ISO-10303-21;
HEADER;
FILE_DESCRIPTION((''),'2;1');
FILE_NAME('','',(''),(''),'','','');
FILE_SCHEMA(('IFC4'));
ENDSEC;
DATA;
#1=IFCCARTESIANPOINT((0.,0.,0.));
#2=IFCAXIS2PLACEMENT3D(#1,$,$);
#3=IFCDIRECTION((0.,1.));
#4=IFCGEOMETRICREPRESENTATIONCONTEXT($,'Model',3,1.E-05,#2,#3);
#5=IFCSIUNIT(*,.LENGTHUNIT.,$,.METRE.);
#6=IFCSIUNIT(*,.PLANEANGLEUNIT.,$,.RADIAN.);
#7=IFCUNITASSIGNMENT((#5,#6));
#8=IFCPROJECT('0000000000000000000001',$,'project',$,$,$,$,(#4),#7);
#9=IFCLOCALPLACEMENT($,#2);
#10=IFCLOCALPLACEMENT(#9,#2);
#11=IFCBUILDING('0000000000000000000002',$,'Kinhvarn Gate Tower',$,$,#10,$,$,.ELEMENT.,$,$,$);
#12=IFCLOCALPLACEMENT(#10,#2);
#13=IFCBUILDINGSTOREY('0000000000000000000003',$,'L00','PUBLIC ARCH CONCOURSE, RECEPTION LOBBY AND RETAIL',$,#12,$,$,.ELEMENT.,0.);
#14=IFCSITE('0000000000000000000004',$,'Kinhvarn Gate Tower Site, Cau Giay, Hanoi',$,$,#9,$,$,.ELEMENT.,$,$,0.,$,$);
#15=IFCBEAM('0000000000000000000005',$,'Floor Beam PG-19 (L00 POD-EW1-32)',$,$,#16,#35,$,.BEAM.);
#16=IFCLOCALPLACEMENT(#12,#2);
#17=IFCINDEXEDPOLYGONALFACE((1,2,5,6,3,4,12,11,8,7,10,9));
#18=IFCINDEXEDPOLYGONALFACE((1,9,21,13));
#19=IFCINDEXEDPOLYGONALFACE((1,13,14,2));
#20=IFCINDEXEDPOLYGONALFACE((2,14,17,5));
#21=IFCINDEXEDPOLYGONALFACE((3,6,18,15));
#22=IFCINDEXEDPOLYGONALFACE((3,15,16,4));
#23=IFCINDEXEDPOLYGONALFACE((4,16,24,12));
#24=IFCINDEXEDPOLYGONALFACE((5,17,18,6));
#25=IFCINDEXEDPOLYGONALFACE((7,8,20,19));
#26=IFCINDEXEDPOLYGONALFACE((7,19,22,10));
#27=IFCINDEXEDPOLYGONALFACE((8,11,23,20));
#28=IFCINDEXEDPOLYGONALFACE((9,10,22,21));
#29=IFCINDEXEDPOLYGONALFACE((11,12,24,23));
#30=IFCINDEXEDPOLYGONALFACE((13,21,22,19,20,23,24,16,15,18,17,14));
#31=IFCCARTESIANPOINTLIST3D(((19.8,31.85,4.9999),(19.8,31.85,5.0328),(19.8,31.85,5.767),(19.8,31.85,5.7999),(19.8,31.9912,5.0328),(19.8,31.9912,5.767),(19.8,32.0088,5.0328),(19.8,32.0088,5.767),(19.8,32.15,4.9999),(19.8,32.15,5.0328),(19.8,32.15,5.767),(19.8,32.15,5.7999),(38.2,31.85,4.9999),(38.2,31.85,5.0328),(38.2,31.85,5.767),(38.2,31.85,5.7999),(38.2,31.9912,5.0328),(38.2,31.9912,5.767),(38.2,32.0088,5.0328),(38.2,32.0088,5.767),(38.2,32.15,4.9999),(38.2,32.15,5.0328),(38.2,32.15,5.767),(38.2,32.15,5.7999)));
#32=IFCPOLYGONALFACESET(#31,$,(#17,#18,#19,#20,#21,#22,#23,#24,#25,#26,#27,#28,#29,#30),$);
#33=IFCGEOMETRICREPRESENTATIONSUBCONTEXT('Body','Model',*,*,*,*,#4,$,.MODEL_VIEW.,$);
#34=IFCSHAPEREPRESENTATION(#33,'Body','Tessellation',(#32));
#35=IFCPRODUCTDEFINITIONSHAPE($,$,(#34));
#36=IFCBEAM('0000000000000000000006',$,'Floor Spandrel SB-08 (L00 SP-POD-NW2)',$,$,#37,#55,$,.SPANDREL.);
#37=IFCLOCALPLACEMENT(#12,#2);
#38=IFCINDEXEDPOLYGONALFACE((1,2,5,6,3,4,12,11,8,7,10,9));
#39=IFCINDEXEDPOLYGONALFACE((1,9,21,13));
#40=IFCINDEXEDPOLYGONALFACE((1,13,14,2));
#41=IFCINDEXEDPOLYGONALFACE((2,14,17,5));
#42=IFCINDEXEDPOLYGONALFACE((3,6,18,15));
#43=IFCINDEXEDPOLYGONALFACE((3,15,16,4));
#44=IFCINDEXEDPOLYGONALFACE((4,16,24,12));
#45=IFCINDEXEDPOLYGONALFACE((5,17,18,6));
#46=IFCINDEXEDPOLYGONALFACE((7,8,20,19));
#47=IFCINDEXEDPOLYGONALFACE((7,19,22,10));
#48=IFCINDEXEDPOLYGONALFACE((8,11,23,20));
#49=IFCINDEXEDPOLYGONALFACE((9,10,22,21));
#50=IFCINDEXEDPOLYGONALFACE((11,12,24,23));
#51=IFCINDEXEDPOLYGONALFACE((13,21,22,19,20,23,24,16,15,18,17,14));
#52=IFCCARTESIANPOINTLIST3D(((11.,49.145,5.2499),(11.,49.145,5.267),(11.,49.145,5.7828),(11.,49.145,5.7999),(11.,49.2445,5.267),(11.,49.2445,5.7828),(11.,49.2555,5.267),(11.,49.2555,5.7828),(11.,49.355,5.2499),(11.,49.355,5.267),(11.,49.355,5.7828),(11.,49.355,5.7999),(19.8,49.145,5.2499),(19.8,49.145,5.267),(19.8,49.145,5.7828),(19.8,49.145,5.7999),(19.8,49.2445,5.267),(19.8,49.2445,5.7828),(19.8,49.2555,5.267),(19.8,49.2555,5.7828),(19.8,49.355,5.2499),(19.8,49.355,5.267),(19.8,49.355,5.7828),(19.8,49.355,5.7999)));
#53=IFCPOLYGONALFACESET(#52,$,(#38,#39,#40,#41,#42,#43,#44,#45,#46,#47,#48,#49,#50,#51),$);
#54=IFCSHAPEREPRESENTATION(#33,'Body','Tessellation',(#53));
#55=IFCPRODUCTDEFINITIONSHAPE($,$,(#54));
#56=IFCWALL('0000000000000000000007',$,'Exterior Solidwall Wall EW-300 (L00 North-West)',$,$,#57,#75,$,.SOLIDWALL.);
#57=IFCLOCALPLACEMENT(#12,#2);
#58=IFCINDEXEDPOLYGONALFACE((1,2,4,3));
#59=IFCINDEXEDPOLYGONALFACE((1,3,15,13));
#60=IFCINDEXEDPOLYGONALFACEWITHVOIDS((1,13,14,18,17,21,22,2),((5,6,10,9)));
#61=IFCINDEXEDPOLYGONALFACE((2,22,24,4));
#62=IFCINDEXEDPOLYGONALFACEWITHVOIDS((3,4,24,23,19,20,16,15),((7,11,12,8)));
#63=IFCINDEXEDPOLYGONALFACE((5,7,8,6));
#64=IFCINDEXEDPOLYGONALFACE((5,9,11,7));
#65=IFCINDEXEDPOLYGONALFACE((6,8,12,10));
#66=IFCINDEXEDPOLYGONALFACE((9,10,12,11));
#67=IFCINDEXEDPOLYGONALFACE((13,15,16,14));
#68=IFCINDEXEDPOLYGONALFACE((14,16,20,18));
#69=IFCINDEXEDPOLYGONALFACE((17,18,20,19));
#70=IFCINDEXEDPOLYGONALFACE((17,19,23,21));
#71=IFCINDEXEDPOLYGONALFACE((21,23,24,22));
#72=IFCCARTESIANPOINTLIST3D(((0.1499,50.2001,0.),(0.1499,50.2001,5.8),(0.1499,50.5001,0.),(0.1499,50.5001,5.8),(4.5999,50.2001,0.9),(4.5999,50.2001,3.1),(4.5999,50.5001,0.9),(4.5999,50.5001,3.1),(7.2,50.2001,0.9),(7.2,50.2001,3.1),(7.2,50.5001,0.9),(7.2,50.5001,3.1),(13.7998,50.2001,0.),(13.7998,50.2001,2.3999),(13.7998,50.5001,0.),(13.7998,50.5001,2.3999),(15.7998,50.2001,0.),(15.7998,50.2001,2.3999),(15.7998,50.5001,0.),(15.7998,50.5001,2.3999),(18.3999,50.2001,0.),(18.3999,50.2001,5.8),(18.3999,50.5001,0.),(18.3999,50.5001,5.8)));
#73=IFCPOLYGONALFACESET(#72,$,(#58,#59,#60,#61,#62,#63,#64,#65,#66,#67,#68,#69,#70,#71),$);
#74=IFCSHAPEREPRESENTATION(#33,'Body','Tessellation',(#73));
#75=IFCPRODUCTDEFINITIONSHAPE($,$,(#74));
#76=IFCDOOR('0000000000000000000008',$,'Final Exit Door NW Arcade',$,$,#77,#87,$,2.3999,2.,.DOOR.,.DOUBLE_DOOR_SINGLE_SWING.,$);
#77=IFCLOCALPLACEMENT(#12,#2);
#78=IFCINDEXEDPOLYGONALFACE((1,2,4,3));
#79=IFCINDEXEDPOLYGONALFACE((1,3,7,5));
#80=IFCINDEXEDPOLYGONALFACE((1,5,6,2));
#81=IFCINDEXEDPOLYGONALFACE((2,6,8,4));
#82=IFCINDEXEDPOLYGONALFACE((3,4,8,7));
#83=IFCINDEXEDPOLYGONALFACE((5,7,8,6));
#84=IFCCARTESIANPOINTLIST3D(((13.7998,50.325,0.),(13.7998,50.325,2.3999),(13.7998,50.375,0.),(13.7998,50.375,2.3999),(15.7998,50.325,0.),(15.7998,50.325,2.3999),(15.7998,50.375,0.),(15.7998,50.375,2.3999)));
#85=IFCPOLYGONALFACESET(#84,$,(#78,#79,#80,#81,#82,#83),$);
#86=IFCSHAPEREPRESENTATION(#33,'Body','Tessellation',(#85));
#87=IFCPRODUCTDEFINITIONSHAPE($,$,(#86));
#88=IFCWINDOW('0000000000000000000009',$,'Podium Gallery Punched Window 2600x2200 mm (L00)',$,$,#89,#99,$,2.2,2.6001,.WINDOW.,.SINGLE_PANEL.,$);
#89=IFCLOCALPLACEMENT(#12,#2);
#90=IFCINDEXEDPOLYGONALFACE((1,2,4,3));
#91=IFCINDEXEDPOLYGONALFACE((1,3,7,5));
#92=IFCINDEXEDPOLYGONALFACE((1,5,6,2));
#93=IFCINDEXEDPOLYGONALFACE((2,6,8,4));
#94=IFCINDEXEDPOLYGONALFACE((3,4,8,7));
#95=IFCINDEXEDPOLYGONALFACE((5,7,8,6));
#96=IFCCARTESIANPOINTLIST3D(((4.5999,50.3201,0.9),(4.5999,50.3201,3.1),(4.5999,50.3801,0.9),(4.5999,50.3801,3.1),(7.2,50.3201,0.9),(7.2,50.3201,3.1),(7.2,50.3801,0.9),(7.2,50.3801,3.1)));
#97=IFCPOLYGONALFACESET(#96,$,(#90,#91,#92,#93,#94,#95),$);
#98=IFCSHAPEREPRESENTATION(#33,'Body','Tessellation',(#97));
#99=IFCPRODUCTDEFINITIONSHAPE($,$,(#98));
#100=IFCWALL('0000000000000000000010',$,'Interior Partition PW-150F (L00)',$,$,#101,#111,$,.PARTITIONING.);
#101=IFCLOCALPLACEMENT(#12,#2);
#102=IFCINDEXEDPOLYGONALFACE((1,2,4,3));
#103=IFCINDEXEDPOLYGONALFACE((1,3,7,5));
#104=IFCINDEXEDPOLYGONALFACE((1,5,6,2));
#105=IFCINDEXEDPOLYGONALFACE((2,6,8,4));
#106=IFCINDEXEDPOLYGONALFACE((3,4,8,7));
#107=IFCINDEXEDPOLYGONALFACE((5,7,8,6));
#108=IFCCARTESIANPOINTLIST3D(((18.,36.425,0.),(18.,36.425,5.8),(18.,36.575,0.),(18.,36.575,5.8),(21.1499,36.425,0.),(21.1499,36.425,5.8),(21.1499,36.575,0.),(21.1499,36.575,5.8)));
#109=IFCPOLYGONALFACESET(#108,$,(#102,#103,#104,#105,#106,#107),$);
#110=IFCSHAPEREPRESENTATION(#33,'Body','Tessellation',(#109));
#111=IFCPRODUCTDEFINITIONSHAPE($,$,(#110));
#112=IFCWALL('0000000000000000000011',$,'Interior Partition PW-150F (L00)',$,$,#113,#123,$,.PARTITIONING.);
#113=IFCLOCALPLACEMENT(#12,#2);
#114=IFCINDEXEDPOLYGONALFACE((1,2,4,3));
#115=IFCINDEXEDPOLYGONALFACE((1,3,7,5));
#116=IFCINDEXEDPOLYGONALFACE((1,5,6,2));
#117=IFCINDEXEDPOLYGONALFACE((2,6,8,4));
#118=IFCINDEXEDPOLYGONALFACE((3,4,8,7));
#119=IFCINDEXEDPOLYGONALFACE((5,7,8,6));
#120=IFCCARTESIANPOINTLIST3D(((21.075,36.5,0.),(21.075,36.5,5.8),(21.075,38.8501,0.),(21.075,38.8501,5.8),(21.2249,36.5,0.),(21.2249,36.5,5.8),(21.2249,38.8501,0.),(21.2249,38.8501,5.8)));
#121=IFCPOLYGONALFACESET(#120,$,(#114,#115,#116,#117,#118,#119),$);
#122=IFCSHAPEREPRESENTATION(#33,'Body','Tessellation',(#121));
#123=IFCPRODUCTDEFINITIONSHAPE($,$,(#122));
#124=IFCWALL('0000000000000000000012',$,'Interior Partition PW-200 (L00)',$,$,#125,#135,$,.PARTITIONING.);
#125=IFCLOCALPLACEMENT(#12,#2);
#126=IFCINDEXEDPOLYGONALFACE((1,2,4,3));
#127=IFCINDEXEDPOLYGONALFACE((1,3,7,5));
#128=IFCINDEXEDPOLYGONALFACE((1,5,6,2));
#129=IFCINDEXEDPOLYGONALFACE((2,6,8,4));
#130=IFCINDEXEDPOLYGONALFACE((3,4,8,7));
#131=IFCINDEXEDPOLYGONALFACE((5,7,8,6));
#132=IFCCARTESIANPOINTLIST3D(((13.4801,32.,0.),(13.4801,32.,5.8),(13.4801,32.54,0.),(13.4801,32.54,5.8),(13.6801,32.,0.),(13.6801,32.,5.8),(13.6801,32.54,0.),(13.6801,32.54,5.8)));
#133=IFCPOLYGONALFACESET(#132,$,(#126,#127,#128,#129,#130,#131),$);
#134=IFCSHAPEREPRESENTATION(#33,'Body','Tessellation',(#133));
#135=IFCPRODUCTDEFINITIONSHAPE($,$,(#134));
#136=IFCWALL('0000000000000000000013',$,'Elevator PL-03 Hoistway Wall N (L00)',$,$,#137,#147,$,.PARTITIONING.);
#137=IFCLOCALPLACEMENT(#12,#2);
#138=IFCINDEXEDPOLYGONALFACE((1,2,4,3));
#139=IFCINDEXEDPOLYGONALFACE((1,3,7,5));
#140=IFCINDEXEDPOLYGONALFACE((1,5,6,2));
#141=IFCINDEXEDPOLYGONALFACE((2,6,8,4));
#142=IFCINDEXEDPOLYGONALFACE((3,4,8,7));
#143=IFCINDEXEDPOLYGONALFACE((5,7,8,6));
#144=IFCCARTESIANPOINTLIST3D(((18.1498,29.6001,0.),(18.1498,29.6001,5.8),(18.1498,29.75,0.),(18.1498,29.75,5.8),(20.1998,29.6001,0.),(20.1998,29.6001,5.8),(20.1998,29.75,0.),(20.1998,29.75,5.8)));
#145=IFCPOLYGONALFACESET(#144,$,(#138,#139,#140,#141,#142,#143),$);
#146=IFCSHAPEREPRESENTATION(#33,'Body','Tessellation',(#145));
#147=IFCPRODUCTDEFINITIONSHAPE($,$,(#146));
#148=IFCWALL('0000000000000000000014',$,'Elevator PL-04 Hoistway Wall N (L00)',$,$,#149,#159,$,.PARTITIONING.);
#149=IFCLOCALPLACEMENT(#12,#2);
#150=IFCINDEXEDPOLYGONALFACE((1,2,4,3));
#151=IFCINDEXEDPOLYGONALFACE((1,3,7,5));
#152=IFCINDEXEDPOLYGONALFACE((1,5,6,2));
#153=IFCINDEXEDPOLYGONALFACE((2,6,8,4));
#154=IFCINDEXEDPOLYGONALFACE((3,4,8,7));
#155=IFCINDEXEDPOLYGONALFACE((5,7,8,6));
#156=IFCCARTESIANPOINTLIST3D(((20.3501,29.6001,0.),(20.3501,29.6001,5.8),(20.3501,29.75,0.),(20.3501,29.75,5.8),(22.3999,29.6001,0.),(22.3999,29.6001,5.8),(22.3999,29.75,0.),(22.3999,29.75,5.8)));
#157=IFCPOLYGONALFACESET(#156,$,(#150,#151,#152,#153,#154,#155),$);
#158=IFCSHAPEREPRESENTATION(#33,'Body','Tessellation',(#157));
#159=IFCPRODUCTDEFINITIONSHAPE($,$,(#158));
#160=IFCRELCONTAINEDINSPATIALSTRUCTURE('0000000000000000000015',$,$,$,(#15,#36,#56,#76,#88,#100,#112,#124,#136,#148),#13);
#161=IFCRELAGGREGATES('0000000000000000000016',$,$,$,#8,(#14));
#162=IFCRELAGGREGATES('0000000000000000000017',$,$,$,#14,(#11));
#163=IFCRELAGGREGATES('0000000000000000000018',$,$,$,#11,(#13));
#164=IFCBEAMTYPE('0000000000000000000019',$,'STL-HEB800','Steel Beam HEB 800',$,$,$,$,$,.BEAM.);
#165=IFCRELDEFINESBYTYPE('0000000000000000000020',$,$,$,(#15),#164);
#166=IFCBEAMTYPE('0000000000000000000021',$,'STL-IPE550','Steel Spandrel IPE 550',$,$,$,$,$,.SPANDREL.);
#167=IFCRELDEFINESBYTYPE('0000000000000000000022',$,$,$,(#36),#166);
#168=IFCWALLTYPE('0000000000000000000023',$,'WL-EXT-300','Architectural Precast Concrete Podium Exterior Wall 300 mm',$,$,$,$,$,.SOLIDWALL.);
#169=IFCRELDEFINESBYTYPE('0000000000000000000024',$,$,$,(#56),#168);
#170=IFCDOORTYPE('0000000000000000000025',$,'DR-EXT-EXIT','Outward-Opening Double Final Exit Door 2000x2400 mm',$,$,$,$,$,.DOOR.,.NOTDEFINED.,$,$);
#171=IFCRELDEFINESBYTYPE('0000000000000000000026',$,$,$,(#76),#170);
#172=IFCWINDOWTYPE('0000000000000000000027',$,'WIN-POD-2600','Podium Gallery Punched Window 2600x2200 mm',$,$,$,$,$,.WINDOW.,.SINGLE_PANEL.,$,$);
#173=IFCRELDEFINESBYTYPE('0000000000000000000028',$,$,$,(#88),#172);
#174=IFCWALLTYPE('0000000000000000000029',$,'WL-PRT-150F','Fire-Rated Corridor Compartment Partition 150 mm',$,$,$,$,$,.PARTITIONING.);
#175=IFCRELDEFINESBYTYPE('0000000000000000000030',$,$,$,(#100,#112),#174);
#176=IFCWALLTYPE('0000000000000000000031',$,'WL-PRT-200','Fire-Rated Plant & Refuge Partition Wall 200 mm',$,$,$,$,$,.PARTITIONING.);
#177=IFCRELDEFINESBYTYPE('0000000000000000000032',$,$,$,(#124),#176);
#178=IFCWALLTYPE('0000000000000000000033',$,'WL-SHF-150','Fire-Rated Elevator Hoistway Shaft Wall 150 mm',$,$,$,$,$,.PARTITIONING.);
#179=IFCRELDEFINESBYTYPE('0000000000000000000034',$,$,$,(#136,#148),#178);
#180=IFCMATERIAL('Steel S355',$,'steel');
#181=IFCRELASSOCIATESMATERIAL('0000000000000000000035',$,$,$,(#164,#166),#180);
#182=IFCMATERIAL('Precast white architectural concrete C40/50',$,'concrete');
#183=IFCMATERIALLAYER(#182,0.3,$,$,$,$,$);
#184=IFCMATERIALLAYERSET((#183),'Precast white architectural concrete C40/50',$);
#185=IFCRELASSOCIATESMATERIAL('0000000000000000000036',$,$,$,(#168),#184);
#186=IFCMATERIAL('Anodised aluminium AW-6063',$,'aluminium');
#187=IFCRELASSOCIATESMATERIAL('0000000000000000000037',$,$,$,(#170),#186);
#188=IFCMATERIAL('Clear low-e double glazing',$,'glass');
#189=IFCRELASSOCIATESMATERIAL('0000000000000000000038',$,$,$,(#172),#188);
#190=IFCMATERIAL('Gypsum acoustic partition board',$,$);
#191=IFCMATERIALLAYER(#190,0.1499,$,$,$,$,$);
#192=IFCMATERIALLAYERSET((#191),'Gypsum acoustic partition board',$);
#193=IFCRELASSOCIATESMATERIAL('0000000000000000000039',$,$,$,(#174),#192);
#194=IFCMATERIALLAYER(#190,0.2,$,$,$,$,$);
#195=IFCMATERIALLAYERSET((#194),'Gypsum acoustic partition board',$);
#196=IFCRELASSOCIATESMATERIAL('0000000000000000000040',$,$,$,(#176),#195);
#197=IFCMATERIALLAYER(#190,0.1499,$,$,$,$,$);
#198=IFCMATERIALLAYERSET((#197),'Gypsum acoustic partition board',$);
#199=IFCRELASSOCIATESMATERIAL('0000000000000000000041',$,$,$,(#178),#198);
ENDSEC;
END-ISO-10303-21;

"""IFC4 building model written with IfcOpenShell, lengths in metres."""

from ifc_helpers import new_model, si_unit, direction, frame, frame_2d, origin, origin_2d, place, context, subcontext, project, spatial, rectangle, i_section, extrude, material, layer, layer_set, material_profile, profile_set, type_object, element, fill, save


model = new_model("IFC4")

# Units and contexts
model_context = context("Model", 3, precision=1e-05, world=origin(), true_north=direction((0.0, 1.0)))
body_context = subcontext(model_context, "Body", "Model", "MODEL_VIEW")
ifc_project = project(units=[si_unit("LENGTHUNIT", "METRE"), si_unit("PLANEANGLEUNIT", "RADIAN")], contexts=[model_context])

# Site, building, storey
site_placement = place(None, origin())
site = spatial("IfcSite", under=ifc_project, at=site_placement, Name="Kinhvarn Gate Tower Site, Cau Giay, Hanoi", CompositionType="ELEMENT", RefElevation=0.0)
building_placement = place(site_placement, origin())
building = spatial("IfcBuilding", under=site, at=building_placement, Name="Kinhvarn Gate Tower", CompositionType="ELEMENT")
storey_placement = place(building_placement, origin())
storey = spatial("IfcBuildingStorey", under=building, at=storey_placement, Name="L00", Description="PUBLIC ARCH CONCOURSE, RECEPTION LOBBY AND RETAIL", CompositionType="ELEMENT", Elevation=0.0)

# Beams
ifc_material_1 = material(Name="Steel S355", Category="steel")
ifc_material_profile_1 = material_profile(ifc_material_1, i_section(OverallWidth=0.3, OverallDepth=0.8, WebThickness=0.0176, FlangeThickness=0.033, at=origin_2d()), Name="HEB 800")
ifc_profile_set_1 = profile_set([ifc_material_profile_1], Name="Steel S355")
beam_type_1 = type_object("IfcBeamType", Name="STL-HEB800", Description="Steel Beam HEB 800", PredefinedType="BEAM", material=ifc_profile_set_1)
beam_1_placement = place(storey_placement, frame((19.8, 32.0, 5.3999), z_axis=(1.0, 0.0, 0.0), x_axis=(0.0, 1.0, 0.0)))
element("IfcBeam", 1, at=beam_1_placement, inside=storey, type_object=beam_type_1, Name="Floor Beam PG-19 (L00 POD-EW1-32)", PredefinedType="BEAM", context=body_context, shape_type="SweptSolid", body=[
    extrude(i_section(OverallWidth=0.3, OverallDepth=0.8, WebThickness=0.0176, FlangeThickness=0.033, at=origin_2d()), origin(), (0.0, 0.0, 1.0), 18.3999),
])
ifc_material_profile_2 = material_profile(ifc_material_1, i_section(OverallWidth=0.21, OverallDepth=0.55, WebThickness=0.011, FlangeThickness=0.0171, at=origin_2d()), Name="IPE 550")
ifc_profile_set_2 = profile_set([ifc_material_profile_2], Name="Steel S355")
beam_type_2 = type_object("IfcBeamType", Name="STL-IPE550", Description="Steel Spandrel IPE 550", PredefinedType="SPANDREL", material=ifc_profile_set_2)
beam_2_placement = place(storey_placement, frame((11.0, 49.25, 5.5249), z_axis=(1.0, 0.0, 0.0), x_axis=(0.0, 1.0, 0.0)))
element("IfcBeam", 2, at=beam_2_placement, inside=storey, type_object=beam_type_2, Name="Floor Spandrel SB-08 (L00 SP-POD-NW2)", PredefinedType="SPANDREL", context=body_context, shape_type="SweptSolid", body=[
    extrude(i_section(OverallWidth=0.21, OverallDepth=0.55, WebThickness=0.011, FlangeThickness=0.0171, at=origin_2d()), origin(), (0.0, 0.0, 1.0), 8.8),
])

# Wall, openings, door, window
ifc_material_2 = material(Name="Precast white architectural concrete C40/50", Category="concrete")
ifc_layer_1 = layer(ifc_material_2, 0.3)
ifc_layer_set_1 = layer_set([ifc_layer_1], Name="Precast white architectural concrete C40/50")
wall_type_1 = type_object("IfcWallType", Name="WL-EXT-300", Description="Architectural Precast Concrete Podium Exterior Wall 300 mm", PredefinedType="SOLIDWALL", material=ifc_layer_set_1)
wall_1_placement = place(storey_placement, frame((18.3999, 50.3501, 0.0), z_axis=(0.0, 0.0, 1.0), x_axis=(-1.0, 0.0, 0.0)))
wall_1 = element("IfcWall", 3, at=wall_1_placement, inside=storey, type_object=wall_type_1, Name="Exterior Solidwall Wall EW-300 (L00 North-West)", PredefinedType="SOLIDWALL", context=body_context, shape_type="SweptSolid", body=[
    extrude(rectangle(XDim=18.25, YDim=0.3, at=frame_2d((9.125, 0.0))), origin(), (0.0, 0.0, 1.0), 5.8),
])
opening_1_placement = place(wall_1_placement, frame((2.6001, 0.0, 0.0)))
opening_1 = element("IfcOpeningElement", 4, at=opening_1_placement, cuts=wall_1, PredefinedType="OPENING", context=body_context, shape_type="SweptSolid", body=[
    extrude(rectangle(XDim=2.0, YDim=2.3999, at=frame_2d((1.0, 1.2))), frame((0.0, 0.1602, 0.0), z_axis=(0.0, -1.0, 0.0), x_axis=(1.0, 0.0, 0.0)), (0.0, 0.0, 1.0), 0.3201),
])
opening_2_placement = place(wall_1_placement, frame((11.2, 0.0, 0.8999)))
opening_2 = element("IfcOpeningElement", 5, at=opening_2_placement, cuts=wall_1, PredefinedType="OPENING", context=body_context, shape_type="SweptSolid", body=[
    extrude(rectangle(XDim=2.6001, YDim=2.2, at=frame_2d((1.3, 1.1001))), frame((0.0, 0.1602, 0.0), z_axis=(0.0, -1.0, 0.0), x_axis=(1.0, 0.0, 0.0)), (0.0, 0.0, 1.0), 0.3201),
])
ifc_material_3 = material(Name="Anodised aluminium AW-6063", Category="aluminium")
door_type_1 = type_object("IfcDoorType", Name="DR-EXT-EXIT", Description="Outward-Opening Double Final Exit Door 2000x2400 mm", OperationType="NOTDEFINED", PredefinedType="DOOR", material=ifc_material_3)
door_1_placement = place(opening_1_placement, frame((2.0, 0.0, 0.0), z_axis=(0.0, 0.0, 1.0), x_axis=(-1.0, 0.0, 0.0)))
door_1 = element("IfcDoor", 6, at=door_1_placement, inside=storey, type_object=door_type_1, Name="Final Exit Door NW Arcade", OperationType="DOUBLE_DOOR_SINGLE_SWING", OverallHeight=2.3999, OverallWidth=2.0, PredefinedType="DOOR", context=body_context, shape_type="SweptSolid", body=[
    extrude(rectangle(XDim=2.0, YDim=2.3999, at=frame_2d((1.0, 1.2))), frame((0.0, 0.0249, 0.0), z_axis=(0.0, -1.0, 0.0), x_axis=(1.0, 0.0, 0.0)), (0.0, 0.0, 1.0), 0.05),
])
fill(opening_1, door_1)
ifc_material_4 = material(Name="Clear low-e double glazing", Category="glass")
window_type = type_object("IfcWindowType", Name="WIN-POD-2600", Description="Podium Gallery Punched Window 2600x2200 mm", PartitioningType="SINGLE_PANEL", PredefinedType="WINDOW", material=ifc_material_4)
window_placement = place(opening_2_placement, origin())
window = element("IfcWindow", 7, at=window_placement, inside=storey, type_object=window_type, Name="Podium Gallery Punched Window 2600x2200 mm (L00)", OverallHeight=2.2, OverallWidth=2.6001, PartitioningType="SINGLE_PANEL", PredefinedType="WINDOW", context=body_context, shape_type="SweptSolid", body=[
    extrude(rectangle(XDim=2.6001, YDim=2.2, at=frame_2d((1.3, 1.1001))), frame((0.0, 0.03, 0.0), z_axis=(0.0, -1.0, 0.0), x_axis=(1.0, 0.0, 0.0)), (0.0, 0.0, 1.0), 0.0601),
])
fill(opening_2, window)

# Walls
ifc_material_5 = material(Name="Gypsum acoustic partition board")
ifc_layer_2 = layer(ifc_material_5, 0.1499)
ifc_layer_set_2 = layer_set([ifc_layer_2], Name="Gypsum acoustic partition board")
wall_type_2 = type_object("IfcWallType", Name="WL-PRT-150F", Description="Fire-Rated Corridor Compartment Partition 150 mm", PredefinedType="PARTITIONING", material=ifc_layer_set_2)
wall_2_placement = place(storey_placement, frame((18.0, 36.5, 0.0), z_axis=(0.0, 0.0, 1.0), x_axis=(1.0, 0.0, 0.0)))
element("IfcWall", 8, at=wall_2_placement, inside=storey, type_object=wall_type_2, Name="Interior Partition PW-150F (L00)", PredefinedType="PARTITIONING", context=body_context, shape_type="SweptSolid", body=[
    extrude(rectangle(XDim=3.1499, YDim=0.1499, at=frame_2d((1.575, 0.0))), origin(), (0.0, 0.0, 1.0), 5.8),
])
wall_3_placement = place(storey_placement, frame((21.1499, 36.5, 0.0), z_axis=(0.0, 0.0, 1.0), x_axis=(0.0, 1.0, 0.0)))
element("IfcWall", 9, at=wall_3_placement, inside=storey, type_object=wall_type_2, Name="Interior Partition PW-150F (L00)", PredefinedType="PARTITIONING", context=body_context, shape_type="SweptSolid", body=[
    extrude(rectangle(XDim=2.3501, YDim=0.1499, at=frame_2d((1.175, 0.0))), origin(), (0.0, 0.0, 1.0), 5.8),
])
ifc_layer_3 = layer(ifc_material_5, 0.2)
ifc_layer_set_3 = layer_set([ifc_layer_3], Name="Gypsum acoustic partition board")
wall_type_3 = type_object("IfcWallType", Name="WL-PRT-200", Description="Fire-Rated Plant & Refuge Partition Wall 200 mm", PredefinedType="PARTITIONING", material=ifc_layer_set_3)
wall_4_placement = place(storey_placement, frame((13.5801, 32.0, 0.0), z_axis=(0.0, 0.0, 1.0), x_axis=(0.0, 1.0, 0.0)))
element("IfcWall", 10, at=wall_4_placement, inside=storey, type_object=wall_type_3, Name="Interior Partition PW-200 (L00)", PredefinedType="PARTITIONING", context=body_context, shape_type="SweptSolid", body=[
    extrude(rectangle(XDim=0.54, YDim=0.2, at=frame_2d((0.27, 0.0))), origin(), (0.0, 0.0, 1.0), 5.8),
])
ifc_layer_4 = layer(ifc_material_5, 0.1499)
ifc_layer_set_4 = layer_set([ifc_layer_4], Name="Gypsum acoustic partition board")
wall_type_4 = type_object("IfcWallType", Name="WL-SHF-150", Description="Fire-Rated Elevator Hoistway Shaft Wall 150 mm", PredefinedType="PARTITIONING", material=ifc_layer_set_4)
wall_5_placement = place(storey_placement, frame((18.1499, 29.675, 0.0), z_axis=(0.0, 0.0, 1.0), x_axis=(1.0, 0.0, 0.0)))
element("IfcWall", 11, at=wall_5_placement, inside=storey, type_object=wall_type_4, Name="Elevator PL-03 Hoistway Wall N (L00)", PredefinedType="PARTITIONING", context=body_context, shape_type="SweptSolid", body=[
    extrude(rectangle(XDim=2.05, YDim=0.1499, at=frame_2d((1.0249, 0.0))), origin(), (0.0, 0.0, 1.0), 5.8),
])
wall_6_placement = place(storey_placement, frame((20.3501, 29.675, 0.0), z_axis=(0.0, 0.0, 1.0), x_axis=(1.0, 0.0, 0.0)))
element("IfcWall", 12, at=wall_6_placement, inside=storey, type_object=wall_type_4, Name="Elevator PL-04 Hoistway Wall N (L00)", PredefinedType="PARTITIONING", context=body_context, shape_type="SweptSolid", body=[
    extrude(rectangle(XDim=2.0498, YDim=0.1499, at=frame_2d((1.0249, 0.0))), origin(), (0.0, 0.0, 1.0), 5.8),
])

save(model, "model.ifc")
